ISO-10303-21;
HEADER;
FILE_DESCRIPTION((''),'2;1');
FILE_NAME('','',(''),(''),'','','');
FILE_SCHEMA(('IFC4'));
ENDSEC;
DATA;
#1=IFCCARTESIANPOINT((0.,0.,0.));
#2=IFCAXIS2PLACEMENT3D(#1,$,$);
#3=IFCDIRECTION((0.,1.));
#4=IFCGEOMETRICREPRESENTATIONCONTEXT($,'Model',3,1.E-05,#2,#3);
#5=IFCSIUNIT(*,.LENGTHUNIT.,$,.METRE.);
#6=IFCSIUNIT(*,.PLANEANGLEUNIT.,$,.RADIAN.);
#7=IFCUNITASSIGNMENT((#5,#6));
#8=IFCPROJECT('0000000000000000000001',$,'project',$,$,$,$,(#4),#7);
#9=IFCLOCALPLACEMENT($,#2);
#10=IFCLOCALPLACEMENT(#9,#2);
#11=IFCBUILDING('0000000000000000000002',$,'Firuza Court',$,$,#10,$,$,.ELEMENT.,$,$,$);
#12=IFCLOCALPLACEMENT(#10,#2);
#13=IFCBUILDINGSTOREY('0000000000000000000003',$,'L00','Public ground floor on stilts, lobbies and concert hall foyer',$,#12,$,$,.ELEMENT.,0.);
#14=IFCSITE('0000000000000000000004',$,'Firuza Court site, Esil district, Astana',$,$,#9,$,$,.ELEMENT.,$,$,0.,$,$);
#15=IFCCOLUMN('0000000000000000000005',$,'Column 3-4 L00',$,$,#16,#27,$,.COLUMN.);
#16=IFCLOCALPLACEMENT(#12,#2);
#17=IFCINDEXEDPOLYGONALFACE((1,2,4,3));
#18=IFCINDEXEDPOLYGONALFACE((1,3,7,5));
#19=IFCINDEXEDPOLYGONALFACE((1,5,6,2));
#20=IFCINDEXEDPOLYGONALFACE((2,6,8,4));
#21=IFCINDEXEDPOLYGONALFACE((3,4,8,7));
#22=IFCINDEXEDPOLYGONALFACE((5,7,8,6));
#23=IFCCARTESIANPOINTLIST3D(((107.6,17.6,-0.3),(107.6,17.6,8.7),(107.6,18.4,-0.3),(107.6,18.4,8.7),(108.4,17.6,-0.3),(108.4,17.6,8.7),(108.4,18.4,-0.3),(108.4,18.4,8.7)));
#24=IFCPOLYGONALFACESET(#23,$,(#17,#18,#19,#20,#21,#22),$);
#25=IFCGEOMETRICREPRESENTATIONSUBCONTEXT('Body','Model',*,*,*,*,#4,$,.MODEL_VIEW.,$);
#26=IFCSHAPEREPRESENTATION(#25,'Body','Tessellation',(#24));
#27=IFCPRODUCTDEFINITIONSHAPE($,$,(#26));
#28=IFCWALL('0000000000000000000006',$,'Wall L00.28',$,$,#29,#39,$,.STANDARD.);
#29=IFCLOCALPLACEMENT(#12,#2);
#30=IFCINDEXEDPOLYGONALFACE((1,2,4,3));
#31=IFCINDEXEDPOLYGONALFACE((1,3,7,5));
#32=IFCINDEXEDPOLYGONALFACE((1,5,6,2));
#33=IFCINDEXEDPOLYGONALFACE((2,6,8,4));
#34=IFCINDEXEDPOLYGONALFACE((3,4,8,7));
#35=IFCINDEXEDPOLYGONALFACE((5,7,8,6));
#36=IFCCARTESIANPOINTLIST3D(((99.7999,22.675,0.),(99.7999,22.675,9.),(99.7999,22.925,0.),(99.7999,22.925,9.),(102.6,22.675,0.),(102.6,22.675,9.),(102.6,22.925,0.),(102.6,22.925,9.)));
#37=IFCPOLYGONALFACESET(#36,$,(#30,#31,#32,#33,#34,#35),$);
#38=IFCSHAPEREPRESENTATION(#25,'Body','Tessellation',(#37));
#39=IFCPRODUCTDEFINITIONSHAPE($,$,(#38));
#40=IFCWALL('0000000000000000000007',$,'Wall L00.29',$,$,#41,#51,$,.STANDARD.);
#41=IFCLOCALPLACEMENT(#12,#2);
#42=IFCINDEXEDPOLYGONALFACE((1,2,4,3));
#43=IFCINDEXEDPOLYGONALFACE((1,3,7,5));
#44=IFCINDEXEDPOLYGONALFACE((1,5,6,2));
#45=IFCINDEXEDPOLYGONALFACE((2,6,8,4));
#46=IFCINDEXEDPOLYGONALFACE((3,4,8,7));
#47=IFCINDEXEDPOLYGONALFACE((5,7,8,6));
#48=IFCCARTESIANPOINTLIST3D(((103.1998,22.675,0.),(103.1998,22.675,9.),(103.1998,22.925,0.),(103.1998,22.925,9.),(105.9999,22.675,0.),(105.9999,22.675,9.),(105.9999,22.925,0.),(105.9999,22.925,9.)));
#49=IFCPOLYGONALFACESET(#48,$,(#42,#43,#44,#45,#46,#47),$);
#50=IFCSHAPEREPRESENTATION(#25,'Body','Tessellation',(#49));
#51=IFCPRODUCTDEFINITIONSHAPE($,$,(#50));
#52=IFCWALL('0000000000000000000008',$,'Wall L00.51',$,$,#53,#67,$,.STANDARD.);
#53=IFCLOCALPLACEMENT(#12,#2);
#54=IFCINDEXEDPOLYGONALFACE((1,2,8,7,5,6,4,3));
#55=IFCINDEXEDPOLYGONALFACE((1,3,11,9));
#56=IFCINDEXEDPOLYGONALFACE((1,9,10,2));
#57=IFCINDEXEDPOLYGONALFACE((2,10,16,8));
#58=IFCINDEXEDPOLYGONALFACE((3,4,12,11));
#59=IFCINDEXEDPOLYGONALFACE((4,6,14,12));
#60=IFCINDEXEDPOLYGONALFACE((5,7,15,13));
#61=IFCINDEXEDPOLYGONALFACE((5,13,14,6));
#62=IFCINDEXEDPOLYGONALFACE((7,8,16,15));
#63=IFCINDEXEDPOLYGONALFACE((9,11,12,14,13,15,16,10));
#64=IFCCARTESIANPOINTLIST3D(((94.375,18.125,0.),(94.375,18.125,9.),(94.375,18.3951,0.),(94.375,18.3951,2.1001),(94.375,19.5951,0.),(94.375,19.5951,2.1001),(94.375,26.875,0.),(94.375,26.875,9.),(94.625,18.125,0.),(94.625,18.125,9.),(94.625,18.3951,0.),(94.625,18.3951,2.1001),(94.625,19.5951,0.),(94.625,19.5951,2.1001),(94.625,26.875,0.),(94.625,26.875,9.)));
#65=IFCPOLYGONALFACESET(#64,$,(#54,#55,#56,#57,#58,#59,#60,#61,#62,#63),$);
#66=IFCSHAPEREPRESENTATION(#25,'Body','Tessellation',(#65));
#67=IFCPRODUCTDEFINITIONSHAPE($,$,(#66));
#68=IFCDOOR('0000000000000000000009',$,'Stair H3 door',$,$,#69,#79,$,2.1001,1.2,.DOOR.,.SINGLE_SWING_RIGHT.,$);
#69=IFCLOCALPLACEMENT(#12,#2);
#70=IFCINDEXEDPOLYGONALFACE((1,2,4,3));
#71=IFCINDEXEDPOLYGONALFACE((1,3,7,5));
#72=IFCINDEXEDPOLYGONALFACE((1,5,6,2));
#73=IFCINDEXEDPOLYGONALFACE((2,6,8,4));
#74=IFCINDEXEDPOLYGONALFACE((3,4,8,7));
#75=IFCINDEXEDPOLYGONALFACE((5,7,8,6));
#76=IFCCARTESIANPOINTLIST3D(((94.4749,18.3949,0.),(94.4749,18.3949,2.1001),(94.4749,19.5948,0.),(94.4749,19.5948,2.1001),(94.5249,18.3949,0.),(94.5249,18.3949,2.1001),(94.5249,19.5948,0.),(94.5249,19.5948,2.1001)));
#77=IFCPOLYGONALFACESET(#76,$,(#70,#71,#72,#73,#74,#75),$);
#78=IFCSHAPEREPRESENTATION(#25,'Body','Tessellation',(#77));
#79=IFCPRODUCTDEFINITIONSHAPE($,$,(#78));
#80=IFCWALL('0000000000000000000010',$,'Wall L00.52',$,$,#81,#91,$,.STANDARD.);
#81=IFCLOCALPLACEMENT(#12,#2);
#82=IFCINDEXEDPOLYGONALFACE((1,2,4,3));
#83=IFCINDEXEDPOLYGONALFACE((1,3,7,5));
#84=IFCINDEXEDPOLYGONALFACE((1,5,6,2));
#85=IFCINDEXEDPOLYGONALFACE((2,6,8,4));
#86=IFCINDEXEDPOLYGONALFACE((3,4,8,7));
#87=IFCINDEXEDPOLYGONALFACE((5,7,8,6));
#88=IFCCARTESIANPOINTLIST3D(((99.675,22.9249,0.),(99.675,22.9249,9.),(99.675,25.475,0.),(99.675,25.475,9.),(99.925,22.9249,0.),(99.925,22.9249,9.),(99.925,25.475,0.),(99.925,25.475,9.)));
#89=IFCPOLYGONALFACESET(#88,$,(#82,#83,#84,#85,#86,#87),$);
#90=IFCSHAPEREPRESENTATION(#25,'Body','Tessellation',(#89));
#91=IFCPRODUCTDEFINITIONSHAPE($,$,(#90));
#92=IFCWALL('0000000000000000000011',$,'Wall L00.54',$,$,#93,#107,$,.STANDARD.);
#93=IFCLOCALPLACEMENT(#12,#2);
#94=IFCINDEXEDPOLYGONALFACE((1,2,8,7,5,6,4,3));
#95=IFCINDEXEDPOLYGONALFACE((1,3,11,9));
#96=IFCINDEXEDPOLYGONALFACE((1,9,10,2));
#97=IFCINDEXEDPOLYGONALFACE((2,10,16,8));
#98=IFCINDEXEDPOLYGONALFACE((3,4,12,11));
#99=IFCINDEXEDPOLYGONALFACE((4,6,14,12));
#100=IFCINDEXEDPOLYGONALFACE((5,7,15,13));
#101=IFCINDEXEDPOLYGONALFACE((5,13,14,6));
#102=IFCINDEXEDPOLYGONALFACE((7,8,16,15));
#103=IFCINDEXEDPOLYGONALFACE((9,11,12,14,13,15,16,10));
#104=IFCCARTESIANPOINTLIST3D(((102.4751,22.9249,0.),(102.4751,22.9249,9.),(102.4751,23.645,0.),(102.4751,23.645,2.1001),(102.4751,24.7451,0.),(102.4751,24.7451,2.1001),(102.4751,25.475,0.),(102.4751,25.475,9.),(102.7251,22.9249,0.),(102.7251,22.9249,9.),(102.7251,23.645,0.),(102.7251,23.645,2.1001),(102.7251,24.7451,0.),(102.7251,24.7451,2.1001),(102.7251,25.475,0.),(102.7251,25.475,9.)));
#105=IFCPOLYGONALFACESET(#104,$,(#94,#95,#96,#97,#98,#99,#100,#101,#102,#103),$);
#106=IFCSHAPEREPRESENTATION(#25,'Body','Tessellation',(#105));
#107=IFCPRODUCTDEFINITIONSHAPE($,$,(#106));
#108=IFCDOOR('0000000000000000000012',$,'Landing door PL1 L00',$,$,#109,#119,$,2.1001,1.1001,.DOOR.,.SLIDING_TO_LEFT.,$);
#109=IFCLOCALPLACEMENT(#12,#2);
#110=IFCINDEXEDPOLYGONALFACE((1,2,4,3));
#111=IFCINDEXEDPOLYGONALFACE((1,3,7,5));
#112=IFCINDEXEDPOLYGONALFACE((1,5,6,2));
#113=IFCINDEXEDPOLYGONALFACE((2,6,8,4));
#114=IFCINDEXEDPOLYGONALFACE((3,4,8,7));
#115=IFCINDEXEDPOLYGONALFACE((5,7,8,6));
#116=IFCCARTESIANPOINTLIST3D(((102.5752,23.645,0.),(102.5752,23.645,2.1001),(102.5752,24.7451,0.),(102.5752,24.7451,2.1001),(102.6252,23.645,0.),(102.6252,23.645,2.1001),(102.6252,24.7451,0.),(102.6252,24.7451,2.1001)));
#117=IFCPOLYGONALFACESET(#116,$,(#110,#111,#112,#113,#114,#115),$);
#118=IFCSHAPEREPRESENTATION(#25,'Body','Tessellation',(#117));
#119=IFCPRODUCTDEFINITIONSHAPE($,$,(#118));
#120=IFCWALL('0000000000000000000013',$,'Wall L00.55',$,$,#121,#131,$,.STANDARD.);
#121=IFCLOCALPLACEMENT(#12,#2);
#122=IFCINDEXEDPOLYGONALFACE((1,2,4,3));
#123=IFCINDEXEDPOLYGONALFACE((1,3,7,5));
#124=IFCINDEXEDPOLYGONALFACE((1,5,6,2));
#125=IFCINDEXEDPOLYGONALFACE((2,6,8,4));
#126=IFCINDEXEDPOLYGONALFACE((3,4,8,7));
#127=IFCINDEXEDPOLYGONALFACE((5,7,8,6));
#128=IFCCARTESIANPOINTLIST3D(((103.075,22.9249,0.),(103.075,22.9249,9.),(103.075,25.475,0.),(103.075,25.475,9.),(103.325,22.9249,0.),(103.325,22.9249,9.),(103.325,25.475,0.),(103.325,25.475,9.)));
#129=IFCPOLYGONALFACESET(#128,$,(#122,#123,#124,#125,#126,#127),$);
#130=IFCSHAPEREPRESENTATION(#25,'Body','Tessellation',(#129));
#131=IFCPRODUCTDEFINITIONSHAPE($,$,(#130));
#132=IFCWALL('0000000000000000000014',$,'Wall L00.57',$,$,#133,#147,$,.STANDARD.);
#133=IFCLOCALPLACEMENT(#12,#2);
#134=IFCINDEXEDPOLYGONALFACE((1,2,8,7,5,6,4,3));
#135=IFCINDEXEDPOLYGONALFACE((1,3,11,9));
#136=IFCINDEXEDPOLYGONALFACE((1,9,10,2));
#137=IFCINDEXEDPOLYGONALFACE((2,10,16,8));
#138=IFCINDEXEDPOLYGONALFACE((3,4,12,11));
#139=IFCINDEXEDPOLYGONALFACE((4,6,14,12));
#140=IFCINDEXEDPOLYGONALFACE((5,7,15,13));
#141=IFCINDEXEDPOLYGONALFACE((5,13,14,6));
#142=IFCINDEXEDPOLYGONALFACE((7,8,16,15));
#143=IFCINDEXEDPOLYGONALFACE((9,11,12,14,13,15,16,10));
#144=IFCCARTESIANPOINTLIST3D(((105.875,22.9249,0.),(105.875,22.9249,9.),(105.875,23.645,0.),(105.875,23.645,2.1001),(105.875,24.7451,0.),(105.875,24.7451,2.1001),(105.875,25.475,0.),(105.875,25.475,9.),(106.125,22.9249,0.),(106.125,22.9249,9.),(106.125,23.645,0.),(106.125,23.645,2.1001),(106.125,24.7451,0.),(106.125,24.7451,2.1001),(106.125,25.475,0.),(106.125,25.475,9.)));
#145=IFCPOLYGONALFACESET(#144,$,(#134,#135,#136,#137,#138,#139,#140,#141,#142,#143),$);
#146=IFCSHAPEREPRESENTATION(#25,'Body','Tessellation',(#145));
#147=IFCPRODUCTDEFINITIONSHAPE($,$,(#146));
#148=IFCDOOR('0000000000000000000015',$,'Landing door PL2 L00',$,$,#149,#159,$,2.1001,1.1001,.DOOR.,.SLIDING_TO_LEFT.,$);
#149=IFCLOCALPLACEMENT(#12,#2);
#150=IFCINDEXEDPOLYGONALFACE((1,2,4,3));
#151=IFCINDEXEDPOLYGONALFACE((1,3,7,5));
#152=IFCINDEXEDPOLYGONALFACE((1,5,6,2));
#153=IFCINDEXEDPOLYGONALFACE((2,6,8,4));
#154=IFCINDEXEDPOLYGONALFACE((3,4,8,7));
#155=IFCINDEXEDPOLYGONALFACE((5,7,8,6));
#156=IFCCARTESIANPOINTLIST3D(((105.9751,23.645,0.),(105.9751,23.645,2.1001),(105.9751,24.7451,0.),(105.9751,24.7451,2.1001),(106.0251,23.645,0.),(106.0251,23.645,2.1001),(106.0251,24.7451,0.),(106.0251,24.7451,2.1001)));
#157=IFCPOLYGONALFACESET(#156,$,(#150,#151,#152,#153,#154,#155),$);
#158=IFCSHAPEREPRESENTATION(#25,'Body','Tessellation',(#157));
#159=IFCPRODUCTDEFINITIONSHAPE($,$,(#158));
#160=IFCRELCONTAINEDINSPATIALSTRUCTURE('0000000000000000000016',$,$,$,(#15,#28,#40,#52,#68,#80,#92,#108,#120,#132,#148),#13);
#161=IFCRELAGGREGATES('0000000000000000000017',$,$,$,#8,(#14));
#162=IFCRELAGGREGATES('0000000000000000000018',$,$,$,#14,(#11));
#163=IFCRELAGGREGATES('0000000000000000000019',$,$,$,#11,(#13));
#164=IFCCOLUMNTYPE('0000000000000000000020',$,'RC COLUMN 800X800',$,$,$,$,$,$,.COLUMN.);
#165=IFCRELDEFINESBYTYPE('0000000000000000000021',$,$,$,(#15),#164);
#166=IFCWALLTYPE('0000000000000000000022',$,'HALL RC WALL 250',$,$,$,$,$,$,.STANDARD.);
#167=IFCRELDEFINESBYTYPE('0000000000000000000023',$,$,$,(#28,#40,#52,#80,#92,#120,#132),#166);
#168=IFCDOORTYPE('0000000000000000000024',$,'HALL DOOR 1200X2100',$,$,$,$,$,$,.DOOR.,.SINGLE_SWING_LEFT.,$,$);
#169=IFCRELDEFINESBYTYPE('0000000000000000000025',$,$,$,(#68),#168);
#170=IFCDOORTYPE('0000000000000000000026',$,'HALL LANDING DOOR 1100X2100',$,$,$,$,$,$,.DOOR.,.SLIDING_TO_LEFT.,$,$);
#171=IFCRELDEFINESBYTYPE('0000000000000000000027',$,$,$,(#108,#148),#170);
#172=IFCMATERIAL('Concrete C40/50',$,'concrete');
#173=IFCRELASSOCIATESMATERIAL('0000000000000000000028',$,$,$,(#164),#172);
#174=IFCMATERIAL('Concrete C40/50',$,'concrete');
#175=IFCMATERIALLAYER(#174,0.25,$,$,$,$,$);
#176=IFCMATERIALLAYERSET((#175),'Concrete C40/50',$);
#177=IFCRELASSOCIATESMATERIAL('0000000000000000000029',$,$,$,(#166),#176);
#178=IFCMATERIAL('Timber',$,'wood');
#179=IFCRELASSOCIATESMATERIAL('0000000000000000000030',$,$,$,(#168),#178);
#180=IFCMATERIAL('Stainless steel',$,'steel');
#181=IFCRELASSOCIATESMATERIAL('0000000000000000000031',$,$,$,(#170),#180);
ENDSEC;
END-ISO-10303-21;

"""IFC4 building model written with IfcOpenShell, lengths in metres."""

from ifc_helpers import new_model, si_unit, direction, frame, frame_2d, origin, origin_2d, place, context, subcontext, project, spatial, rectangle, extrude, material, layer, layer_set, material_profile, profile_set, type_object, element, fill, save


model = new_model("IFC4")

# Units and contexts
model_context = context("Model", 3, precision=1e-05, world=origin(), true_north=direction((0.0, 1.0)))
body_context = subcontext(model_context, "Body", "Model", "MODEL_VIEW")
ifc_project = project(units=[si_unit("LENGTHUNIT", "METRE"), si_unit("PLANEANGLEUNIT", "RADIAN")], contexts=[model_context])

# Site, building, storey
site_placement = place(None, origin())
site = spatial("IfcSite", under=ifc_project, at=site_placement, Name="Firuza Court site, Esil district, Astana", CompositionType="ELEMENT", RefElevation=0.0)
building_placement = place(site_placement, origin())
building = spatial("IfcBuilding", under=site, at=building_placement, Name="Firuza Court", CompositionType="ELEMENT")
storey_placement = place(building_placement, origin())
storey = spatial("IfcBuildingStorey", under=building, at=storey_placement, Name="L00", Description="Public ground floor on stilts, lobbies and concert hall foyer", CompositionType="ELEMENT", Elevation=0.0)

# Column
ifc_material_1 = material(Name="Concrete C40/50", Category="concrete")
ifc_material_profile = material_profile(ifc_material_1, rectangle(XDim=0.8, YDim=0.8, at=origin_2d()), Name="RC 800X800")
ifc_profile_set = profile_set([ifc_material_profile], Name="Concrete C40/50")
column_type = type_object("IfcColumnType", Name="RC COLUMN 800X800", PredefinedType="COLUMN", material=ifc_profile_set)
column_placement = place(storey_placement, frame((108.0, 18.0, -0.3), z_axis=(0.0, 0.0, 1.0), x_axis=(1.0, 0.0, 0.0)))
element("IfcColumn", 1, at=column_placement, inside=storey, type_object=column_type, Name="Column 3-4 L00", PredefinedType="COLUMN", context=body_context, shape_type="SweptSolid", body=[
    extrude(rectangle(XDim=0.8, YDim=0.8, at=origin_2d()), origin(), (0.0, 0.0, 1.0), 9.0),
])

# Walls
ifc_material_2 = material(Name="Concrete C40/50", Category="concrete")
ifc_layer_1 = layer(ifc_material_2, 0.25)
ifc_layer_set_1 = layer_set([ifc_layer_1], Name="Concrete C40/50")
wall_type_1 = type_object("IfcWallType", Name="HALL RC WALL 250", PredefinedType="STANDARD", material=ifc_layer_set_1)
for number, where, z_axis, x_axis, name in (
    (2, (99.8, 22.8, 0.0), (0.0, 0.0, 1.0), (1.0, 0.0, 0.0), "Wall L00.28"),
    (3, (103.2, 22.8, 0.0), (0.0, 0.0, 1.0), (1.0, 0.0, 0.0), "Wall L00.29"),
):
    element("IfcWall", number, at=place(storey_placement, frame(where, z_axis=z_axis, x_axis=x_axis)), inside=storey, type_object=wall_type_1, Name=name, PredefinedType="STANDARD", context=body_context, shape_type="SweptSolid", body=[
        extrude(rectangle(XDim=2.8, YDim=0.25, at=frame_2d((1.3999, 0.0))), origin(), (0.0, 0.0, 1.0), 9.0),
    ])

# Wall, opening, door
wall_1_placement = place(storey_placement, frame((94.5, 18.125, 0.0), z_axis=(0.0, 0.0, 1.0), x_axis=(0.0, 1.0, 0.0)))
wall_1 = element("IfcWall", 4, at=wall_1_placement, inside=storey, type_object=wall_type_1, Name="Wall L00.51", PredefinedType="STANDARD", context=body_context, shape_type="SweptSolid", body=[
    extrude(rectangle(XDim=8.75, YDim=0.25, at=frame_2d((4.375, 0.0))), origin(), (0.0, 0.0, 1.0), 9.0),
])
opening_1_placement = place(wall_1_placement, frame((0.27, 0.0, 0.0)))
opening_1 = element("IfcOpeningElement", 5, at=opening_1_placement, cuts=wall_1, PredefinedType="OPENING", context=body_context, shape_type="SweptSolid", body=[
    extrude(rectangle(XDim=1.2, YDim=2.1001, at=frame_2d((0.6001, 1.05))), frame((0.0, 0.137, 0.0), z_axis=(0.0, -1.0, 0.0), x_axis=(1.0, 0.0, 0.0)), (0.0, 0.0, 1.0), 0.2739),
])
ifc_material_3 = material(Name="Timber", Category="wood")
door_type_1 = type_object("IfcDoorType", Name="HALL DOOR 1200X2100", OperationType="SINGLE_SWING_LEFT", PredefinedType="DOOR", material=ifc_material_3)
door_1_placement = place(opening_1_placement, frame((1.2, 0.0, 0.0), z_axis=(0.0, 0.0, 1.0), x_axis=(-1.0, 0.0, 0.0)))
door_1 = element("IfcDoor", 6, at=door_1_placement, inside=storey, type_object=door_type_1, Name="Stair H3 door", OperationType="SINGLE_SWING_RIGHT", OverallHeight=2.1001, OverallWidth=1.2, PredefinedType="DOOR", context=body_context, shape_type="SweptSolid", body=[
    extrude(rectangle(XDim=1.2, YDim=2.1001, at=frame_2d((0.6001, 1.05))), frame((0.0, 0.0249, 0.0), z_axis=(0.0, -1.0, 0.0), x_axis=(1.0, 0.0, 0.0)), (0.0, 0.0, 1.0), 0.05),
])
fill(opening_1, door_1)

# Wall
wall_2_placement = place(storey_placement, frame((99.8, 22.925, 0.0), z_axis=(0.0, 0.0, 1.0), x_axis=(0.0, 1.0, 0.0)))
element("IfcWall", 7, at=wall_2_placement, inside=storey, type_object=wall_type_1, Name="Wall L00.52", PredefinedType="STANDARD", context=body_context, shape_type="SweptSolid", body=[
    extrude(rectangle(XDim=2.55, YDim=0.25, at=frame_2d((1.2749, 0.0))), origin(), (0.0, 0.0, 1.0), 9.0),
])

# Wall, opening, door
wall_3_placement = place(storey_placement, frame((102.6001, 22.925, 0.0), z_axis=(0.0, 0.0, 1.0), x_axis=(0.0, 1.0, 0.0)))
wall_3 = element("IfcWall", 8, at=wall_3_placement, inside=storey, type_object=wall_type_1, Name="Wall L00.54", PredefinedType="STANDARD", context=body_context, shape_type="SweptSolid", body=[
    extrude(rectangle(XDim=2.55, YDim=0.25, at=frame_2d((1.2749, 0.0))), origin(), (0.0, 0.0, 1.0), 9.0),
])
opening_2_placement = place(wall_3_placement, frame((0.72, 0.0, 0.0)))
opening_2 = element("IfcOpeningElement", 9, at=opening_2_placement, cuts=wall_3, PredefinedType="OPENING", context=body_context, shape_type="SweptSolid", body=[
    extrude(rectangle(XDim=1.1001, YDim=2.1001, at=frame_2d((0.55, 1.05))), frame((0.0, 0.137, 0.0), z_axis=(0.0, -1.0, 0.0), x_axis=(1.0, 0.0, 0.0)), (0.0, 0.0, 1.0), 0.2739),
])
ifc_material_4 = material(Name="Stainless steel", Category="steel")
door_type_2 = type_object("IfcDoorType", Name="HALL LANDING DOOR 1100X2100", OperationType="SLIDING_TO_LEFT", PredefinedType="DOOR", material=ifc_material_4)
door_2_placement = place(opening_2_placement, origin())
door_2 = element("IfcDoor", 10, at=door_2_placement, inside=storey, type_object=door_type_2, Name="Landing door PL1 L00", OperationType="SLIDING_TO_LEFT", OverallHeight=2.1001, OverallWidth=1.1001, PredefinedType="DOOR", context=body_context, shape_type="SweptSolid", body=[
    extrude(rectangle(XDim=1.1001, YDim=2.1001, at=frame_2d((0.55, 1.05))), frame((0.0, 0.0249, 0.0), z_axis=(0.0, -1.0, 0.0), x_axis=(1.0, 0.0, 0.0)), (0.0, 0.0, 1.0), 0.05),
])
fill(opening_2, door_2)

# Wall
wall_4_placement = place(storey_placement, frame((103.2, 22.925, 0.0), z_axis=(0.0, 0.0, 1.0), x_axis=(0.0, 1.0, 0.0)))
element("IfcWall", 11, at=wall_4_placement, inside=storey, type_object=wall_type_1, Name="Wall L00.55", PredefinedType="STANDARD", context=body_context, shape_type="SweptSolid", body=[
    extrude(rectangle(XDim=2.55, YDim=0.25, at=frame_2d((1.2749, 0.0))), origin(), (0.0, 0.0, 1.0), 9.0),
])

# Wall, opening, door
wall_5_placement = place(storey_placement, frame((106.0, 22.925, 0.0), z_axis=(0.0, 0.0, 1.0), x_axis=(0.0, 1.0, 0.0)))
wall_5 = element("IfcWall", 12, at=wall_5_placement, inside=storey, type_object=wall_type_1, Name="Wall L00.57", PredefinedType="STANDARD", context=body_context, shape_type="SweptSolid", body=[
    extrude(rectangle(XDim=2.55, YDim=0.25, at=frame_2d((1.2749, 0.0))), origin(), (0.0, 0.0, 1.0), 9.0),
])
opening_3_placement = place(wall_5_placement, frame((0.72, 0.0, 0.0)))
opening_3 = element("IfcOpeningElement", 13, at=opening_3_placement, cuts=wall_5, PredefinedType="OPENING", context=body_context, shape_type="SweptSolid", body=[
    extrude(rectangle(XDim=1.1001, YDim=2.1001, at=frame_2d((0.55, 1.05))), frame((0.0, 0.137, 0.0), z_axis=(0.0, -1.0, 0.0), x_axis=(1.0, 0.0, 0.0)), (0.0, 0.0, 1.0), 0.2739),
])
door_3_placement = place(opening_3_placement, origin())
door_3 = element("IfcDoor", 14, at=door_3_placement, inside=storey, type_object=door_type_2, Name="Landing door PL2 L00", OperationType="SLIDING_TO_LEFT", OverallHeight=2.1001, OverallWidth=1.1001, PredefinedType="DOOR", context=body_context, shape_type="SweptSolid", body=[
    extrude(rectangle(XDim=1.1001, YDim=2.1001, at=frame_2d((0.55, 1.05))), frame((0.0, 0.0249, 0.0), z_axis=(0.0, -1.0, 0.0), x_axis=(1.0, 0.0, 0.0)), (0.0, 0.0, 1.0), 0.05),
])
fill(opening_3, door_3)

save(model, "model.ifc")
